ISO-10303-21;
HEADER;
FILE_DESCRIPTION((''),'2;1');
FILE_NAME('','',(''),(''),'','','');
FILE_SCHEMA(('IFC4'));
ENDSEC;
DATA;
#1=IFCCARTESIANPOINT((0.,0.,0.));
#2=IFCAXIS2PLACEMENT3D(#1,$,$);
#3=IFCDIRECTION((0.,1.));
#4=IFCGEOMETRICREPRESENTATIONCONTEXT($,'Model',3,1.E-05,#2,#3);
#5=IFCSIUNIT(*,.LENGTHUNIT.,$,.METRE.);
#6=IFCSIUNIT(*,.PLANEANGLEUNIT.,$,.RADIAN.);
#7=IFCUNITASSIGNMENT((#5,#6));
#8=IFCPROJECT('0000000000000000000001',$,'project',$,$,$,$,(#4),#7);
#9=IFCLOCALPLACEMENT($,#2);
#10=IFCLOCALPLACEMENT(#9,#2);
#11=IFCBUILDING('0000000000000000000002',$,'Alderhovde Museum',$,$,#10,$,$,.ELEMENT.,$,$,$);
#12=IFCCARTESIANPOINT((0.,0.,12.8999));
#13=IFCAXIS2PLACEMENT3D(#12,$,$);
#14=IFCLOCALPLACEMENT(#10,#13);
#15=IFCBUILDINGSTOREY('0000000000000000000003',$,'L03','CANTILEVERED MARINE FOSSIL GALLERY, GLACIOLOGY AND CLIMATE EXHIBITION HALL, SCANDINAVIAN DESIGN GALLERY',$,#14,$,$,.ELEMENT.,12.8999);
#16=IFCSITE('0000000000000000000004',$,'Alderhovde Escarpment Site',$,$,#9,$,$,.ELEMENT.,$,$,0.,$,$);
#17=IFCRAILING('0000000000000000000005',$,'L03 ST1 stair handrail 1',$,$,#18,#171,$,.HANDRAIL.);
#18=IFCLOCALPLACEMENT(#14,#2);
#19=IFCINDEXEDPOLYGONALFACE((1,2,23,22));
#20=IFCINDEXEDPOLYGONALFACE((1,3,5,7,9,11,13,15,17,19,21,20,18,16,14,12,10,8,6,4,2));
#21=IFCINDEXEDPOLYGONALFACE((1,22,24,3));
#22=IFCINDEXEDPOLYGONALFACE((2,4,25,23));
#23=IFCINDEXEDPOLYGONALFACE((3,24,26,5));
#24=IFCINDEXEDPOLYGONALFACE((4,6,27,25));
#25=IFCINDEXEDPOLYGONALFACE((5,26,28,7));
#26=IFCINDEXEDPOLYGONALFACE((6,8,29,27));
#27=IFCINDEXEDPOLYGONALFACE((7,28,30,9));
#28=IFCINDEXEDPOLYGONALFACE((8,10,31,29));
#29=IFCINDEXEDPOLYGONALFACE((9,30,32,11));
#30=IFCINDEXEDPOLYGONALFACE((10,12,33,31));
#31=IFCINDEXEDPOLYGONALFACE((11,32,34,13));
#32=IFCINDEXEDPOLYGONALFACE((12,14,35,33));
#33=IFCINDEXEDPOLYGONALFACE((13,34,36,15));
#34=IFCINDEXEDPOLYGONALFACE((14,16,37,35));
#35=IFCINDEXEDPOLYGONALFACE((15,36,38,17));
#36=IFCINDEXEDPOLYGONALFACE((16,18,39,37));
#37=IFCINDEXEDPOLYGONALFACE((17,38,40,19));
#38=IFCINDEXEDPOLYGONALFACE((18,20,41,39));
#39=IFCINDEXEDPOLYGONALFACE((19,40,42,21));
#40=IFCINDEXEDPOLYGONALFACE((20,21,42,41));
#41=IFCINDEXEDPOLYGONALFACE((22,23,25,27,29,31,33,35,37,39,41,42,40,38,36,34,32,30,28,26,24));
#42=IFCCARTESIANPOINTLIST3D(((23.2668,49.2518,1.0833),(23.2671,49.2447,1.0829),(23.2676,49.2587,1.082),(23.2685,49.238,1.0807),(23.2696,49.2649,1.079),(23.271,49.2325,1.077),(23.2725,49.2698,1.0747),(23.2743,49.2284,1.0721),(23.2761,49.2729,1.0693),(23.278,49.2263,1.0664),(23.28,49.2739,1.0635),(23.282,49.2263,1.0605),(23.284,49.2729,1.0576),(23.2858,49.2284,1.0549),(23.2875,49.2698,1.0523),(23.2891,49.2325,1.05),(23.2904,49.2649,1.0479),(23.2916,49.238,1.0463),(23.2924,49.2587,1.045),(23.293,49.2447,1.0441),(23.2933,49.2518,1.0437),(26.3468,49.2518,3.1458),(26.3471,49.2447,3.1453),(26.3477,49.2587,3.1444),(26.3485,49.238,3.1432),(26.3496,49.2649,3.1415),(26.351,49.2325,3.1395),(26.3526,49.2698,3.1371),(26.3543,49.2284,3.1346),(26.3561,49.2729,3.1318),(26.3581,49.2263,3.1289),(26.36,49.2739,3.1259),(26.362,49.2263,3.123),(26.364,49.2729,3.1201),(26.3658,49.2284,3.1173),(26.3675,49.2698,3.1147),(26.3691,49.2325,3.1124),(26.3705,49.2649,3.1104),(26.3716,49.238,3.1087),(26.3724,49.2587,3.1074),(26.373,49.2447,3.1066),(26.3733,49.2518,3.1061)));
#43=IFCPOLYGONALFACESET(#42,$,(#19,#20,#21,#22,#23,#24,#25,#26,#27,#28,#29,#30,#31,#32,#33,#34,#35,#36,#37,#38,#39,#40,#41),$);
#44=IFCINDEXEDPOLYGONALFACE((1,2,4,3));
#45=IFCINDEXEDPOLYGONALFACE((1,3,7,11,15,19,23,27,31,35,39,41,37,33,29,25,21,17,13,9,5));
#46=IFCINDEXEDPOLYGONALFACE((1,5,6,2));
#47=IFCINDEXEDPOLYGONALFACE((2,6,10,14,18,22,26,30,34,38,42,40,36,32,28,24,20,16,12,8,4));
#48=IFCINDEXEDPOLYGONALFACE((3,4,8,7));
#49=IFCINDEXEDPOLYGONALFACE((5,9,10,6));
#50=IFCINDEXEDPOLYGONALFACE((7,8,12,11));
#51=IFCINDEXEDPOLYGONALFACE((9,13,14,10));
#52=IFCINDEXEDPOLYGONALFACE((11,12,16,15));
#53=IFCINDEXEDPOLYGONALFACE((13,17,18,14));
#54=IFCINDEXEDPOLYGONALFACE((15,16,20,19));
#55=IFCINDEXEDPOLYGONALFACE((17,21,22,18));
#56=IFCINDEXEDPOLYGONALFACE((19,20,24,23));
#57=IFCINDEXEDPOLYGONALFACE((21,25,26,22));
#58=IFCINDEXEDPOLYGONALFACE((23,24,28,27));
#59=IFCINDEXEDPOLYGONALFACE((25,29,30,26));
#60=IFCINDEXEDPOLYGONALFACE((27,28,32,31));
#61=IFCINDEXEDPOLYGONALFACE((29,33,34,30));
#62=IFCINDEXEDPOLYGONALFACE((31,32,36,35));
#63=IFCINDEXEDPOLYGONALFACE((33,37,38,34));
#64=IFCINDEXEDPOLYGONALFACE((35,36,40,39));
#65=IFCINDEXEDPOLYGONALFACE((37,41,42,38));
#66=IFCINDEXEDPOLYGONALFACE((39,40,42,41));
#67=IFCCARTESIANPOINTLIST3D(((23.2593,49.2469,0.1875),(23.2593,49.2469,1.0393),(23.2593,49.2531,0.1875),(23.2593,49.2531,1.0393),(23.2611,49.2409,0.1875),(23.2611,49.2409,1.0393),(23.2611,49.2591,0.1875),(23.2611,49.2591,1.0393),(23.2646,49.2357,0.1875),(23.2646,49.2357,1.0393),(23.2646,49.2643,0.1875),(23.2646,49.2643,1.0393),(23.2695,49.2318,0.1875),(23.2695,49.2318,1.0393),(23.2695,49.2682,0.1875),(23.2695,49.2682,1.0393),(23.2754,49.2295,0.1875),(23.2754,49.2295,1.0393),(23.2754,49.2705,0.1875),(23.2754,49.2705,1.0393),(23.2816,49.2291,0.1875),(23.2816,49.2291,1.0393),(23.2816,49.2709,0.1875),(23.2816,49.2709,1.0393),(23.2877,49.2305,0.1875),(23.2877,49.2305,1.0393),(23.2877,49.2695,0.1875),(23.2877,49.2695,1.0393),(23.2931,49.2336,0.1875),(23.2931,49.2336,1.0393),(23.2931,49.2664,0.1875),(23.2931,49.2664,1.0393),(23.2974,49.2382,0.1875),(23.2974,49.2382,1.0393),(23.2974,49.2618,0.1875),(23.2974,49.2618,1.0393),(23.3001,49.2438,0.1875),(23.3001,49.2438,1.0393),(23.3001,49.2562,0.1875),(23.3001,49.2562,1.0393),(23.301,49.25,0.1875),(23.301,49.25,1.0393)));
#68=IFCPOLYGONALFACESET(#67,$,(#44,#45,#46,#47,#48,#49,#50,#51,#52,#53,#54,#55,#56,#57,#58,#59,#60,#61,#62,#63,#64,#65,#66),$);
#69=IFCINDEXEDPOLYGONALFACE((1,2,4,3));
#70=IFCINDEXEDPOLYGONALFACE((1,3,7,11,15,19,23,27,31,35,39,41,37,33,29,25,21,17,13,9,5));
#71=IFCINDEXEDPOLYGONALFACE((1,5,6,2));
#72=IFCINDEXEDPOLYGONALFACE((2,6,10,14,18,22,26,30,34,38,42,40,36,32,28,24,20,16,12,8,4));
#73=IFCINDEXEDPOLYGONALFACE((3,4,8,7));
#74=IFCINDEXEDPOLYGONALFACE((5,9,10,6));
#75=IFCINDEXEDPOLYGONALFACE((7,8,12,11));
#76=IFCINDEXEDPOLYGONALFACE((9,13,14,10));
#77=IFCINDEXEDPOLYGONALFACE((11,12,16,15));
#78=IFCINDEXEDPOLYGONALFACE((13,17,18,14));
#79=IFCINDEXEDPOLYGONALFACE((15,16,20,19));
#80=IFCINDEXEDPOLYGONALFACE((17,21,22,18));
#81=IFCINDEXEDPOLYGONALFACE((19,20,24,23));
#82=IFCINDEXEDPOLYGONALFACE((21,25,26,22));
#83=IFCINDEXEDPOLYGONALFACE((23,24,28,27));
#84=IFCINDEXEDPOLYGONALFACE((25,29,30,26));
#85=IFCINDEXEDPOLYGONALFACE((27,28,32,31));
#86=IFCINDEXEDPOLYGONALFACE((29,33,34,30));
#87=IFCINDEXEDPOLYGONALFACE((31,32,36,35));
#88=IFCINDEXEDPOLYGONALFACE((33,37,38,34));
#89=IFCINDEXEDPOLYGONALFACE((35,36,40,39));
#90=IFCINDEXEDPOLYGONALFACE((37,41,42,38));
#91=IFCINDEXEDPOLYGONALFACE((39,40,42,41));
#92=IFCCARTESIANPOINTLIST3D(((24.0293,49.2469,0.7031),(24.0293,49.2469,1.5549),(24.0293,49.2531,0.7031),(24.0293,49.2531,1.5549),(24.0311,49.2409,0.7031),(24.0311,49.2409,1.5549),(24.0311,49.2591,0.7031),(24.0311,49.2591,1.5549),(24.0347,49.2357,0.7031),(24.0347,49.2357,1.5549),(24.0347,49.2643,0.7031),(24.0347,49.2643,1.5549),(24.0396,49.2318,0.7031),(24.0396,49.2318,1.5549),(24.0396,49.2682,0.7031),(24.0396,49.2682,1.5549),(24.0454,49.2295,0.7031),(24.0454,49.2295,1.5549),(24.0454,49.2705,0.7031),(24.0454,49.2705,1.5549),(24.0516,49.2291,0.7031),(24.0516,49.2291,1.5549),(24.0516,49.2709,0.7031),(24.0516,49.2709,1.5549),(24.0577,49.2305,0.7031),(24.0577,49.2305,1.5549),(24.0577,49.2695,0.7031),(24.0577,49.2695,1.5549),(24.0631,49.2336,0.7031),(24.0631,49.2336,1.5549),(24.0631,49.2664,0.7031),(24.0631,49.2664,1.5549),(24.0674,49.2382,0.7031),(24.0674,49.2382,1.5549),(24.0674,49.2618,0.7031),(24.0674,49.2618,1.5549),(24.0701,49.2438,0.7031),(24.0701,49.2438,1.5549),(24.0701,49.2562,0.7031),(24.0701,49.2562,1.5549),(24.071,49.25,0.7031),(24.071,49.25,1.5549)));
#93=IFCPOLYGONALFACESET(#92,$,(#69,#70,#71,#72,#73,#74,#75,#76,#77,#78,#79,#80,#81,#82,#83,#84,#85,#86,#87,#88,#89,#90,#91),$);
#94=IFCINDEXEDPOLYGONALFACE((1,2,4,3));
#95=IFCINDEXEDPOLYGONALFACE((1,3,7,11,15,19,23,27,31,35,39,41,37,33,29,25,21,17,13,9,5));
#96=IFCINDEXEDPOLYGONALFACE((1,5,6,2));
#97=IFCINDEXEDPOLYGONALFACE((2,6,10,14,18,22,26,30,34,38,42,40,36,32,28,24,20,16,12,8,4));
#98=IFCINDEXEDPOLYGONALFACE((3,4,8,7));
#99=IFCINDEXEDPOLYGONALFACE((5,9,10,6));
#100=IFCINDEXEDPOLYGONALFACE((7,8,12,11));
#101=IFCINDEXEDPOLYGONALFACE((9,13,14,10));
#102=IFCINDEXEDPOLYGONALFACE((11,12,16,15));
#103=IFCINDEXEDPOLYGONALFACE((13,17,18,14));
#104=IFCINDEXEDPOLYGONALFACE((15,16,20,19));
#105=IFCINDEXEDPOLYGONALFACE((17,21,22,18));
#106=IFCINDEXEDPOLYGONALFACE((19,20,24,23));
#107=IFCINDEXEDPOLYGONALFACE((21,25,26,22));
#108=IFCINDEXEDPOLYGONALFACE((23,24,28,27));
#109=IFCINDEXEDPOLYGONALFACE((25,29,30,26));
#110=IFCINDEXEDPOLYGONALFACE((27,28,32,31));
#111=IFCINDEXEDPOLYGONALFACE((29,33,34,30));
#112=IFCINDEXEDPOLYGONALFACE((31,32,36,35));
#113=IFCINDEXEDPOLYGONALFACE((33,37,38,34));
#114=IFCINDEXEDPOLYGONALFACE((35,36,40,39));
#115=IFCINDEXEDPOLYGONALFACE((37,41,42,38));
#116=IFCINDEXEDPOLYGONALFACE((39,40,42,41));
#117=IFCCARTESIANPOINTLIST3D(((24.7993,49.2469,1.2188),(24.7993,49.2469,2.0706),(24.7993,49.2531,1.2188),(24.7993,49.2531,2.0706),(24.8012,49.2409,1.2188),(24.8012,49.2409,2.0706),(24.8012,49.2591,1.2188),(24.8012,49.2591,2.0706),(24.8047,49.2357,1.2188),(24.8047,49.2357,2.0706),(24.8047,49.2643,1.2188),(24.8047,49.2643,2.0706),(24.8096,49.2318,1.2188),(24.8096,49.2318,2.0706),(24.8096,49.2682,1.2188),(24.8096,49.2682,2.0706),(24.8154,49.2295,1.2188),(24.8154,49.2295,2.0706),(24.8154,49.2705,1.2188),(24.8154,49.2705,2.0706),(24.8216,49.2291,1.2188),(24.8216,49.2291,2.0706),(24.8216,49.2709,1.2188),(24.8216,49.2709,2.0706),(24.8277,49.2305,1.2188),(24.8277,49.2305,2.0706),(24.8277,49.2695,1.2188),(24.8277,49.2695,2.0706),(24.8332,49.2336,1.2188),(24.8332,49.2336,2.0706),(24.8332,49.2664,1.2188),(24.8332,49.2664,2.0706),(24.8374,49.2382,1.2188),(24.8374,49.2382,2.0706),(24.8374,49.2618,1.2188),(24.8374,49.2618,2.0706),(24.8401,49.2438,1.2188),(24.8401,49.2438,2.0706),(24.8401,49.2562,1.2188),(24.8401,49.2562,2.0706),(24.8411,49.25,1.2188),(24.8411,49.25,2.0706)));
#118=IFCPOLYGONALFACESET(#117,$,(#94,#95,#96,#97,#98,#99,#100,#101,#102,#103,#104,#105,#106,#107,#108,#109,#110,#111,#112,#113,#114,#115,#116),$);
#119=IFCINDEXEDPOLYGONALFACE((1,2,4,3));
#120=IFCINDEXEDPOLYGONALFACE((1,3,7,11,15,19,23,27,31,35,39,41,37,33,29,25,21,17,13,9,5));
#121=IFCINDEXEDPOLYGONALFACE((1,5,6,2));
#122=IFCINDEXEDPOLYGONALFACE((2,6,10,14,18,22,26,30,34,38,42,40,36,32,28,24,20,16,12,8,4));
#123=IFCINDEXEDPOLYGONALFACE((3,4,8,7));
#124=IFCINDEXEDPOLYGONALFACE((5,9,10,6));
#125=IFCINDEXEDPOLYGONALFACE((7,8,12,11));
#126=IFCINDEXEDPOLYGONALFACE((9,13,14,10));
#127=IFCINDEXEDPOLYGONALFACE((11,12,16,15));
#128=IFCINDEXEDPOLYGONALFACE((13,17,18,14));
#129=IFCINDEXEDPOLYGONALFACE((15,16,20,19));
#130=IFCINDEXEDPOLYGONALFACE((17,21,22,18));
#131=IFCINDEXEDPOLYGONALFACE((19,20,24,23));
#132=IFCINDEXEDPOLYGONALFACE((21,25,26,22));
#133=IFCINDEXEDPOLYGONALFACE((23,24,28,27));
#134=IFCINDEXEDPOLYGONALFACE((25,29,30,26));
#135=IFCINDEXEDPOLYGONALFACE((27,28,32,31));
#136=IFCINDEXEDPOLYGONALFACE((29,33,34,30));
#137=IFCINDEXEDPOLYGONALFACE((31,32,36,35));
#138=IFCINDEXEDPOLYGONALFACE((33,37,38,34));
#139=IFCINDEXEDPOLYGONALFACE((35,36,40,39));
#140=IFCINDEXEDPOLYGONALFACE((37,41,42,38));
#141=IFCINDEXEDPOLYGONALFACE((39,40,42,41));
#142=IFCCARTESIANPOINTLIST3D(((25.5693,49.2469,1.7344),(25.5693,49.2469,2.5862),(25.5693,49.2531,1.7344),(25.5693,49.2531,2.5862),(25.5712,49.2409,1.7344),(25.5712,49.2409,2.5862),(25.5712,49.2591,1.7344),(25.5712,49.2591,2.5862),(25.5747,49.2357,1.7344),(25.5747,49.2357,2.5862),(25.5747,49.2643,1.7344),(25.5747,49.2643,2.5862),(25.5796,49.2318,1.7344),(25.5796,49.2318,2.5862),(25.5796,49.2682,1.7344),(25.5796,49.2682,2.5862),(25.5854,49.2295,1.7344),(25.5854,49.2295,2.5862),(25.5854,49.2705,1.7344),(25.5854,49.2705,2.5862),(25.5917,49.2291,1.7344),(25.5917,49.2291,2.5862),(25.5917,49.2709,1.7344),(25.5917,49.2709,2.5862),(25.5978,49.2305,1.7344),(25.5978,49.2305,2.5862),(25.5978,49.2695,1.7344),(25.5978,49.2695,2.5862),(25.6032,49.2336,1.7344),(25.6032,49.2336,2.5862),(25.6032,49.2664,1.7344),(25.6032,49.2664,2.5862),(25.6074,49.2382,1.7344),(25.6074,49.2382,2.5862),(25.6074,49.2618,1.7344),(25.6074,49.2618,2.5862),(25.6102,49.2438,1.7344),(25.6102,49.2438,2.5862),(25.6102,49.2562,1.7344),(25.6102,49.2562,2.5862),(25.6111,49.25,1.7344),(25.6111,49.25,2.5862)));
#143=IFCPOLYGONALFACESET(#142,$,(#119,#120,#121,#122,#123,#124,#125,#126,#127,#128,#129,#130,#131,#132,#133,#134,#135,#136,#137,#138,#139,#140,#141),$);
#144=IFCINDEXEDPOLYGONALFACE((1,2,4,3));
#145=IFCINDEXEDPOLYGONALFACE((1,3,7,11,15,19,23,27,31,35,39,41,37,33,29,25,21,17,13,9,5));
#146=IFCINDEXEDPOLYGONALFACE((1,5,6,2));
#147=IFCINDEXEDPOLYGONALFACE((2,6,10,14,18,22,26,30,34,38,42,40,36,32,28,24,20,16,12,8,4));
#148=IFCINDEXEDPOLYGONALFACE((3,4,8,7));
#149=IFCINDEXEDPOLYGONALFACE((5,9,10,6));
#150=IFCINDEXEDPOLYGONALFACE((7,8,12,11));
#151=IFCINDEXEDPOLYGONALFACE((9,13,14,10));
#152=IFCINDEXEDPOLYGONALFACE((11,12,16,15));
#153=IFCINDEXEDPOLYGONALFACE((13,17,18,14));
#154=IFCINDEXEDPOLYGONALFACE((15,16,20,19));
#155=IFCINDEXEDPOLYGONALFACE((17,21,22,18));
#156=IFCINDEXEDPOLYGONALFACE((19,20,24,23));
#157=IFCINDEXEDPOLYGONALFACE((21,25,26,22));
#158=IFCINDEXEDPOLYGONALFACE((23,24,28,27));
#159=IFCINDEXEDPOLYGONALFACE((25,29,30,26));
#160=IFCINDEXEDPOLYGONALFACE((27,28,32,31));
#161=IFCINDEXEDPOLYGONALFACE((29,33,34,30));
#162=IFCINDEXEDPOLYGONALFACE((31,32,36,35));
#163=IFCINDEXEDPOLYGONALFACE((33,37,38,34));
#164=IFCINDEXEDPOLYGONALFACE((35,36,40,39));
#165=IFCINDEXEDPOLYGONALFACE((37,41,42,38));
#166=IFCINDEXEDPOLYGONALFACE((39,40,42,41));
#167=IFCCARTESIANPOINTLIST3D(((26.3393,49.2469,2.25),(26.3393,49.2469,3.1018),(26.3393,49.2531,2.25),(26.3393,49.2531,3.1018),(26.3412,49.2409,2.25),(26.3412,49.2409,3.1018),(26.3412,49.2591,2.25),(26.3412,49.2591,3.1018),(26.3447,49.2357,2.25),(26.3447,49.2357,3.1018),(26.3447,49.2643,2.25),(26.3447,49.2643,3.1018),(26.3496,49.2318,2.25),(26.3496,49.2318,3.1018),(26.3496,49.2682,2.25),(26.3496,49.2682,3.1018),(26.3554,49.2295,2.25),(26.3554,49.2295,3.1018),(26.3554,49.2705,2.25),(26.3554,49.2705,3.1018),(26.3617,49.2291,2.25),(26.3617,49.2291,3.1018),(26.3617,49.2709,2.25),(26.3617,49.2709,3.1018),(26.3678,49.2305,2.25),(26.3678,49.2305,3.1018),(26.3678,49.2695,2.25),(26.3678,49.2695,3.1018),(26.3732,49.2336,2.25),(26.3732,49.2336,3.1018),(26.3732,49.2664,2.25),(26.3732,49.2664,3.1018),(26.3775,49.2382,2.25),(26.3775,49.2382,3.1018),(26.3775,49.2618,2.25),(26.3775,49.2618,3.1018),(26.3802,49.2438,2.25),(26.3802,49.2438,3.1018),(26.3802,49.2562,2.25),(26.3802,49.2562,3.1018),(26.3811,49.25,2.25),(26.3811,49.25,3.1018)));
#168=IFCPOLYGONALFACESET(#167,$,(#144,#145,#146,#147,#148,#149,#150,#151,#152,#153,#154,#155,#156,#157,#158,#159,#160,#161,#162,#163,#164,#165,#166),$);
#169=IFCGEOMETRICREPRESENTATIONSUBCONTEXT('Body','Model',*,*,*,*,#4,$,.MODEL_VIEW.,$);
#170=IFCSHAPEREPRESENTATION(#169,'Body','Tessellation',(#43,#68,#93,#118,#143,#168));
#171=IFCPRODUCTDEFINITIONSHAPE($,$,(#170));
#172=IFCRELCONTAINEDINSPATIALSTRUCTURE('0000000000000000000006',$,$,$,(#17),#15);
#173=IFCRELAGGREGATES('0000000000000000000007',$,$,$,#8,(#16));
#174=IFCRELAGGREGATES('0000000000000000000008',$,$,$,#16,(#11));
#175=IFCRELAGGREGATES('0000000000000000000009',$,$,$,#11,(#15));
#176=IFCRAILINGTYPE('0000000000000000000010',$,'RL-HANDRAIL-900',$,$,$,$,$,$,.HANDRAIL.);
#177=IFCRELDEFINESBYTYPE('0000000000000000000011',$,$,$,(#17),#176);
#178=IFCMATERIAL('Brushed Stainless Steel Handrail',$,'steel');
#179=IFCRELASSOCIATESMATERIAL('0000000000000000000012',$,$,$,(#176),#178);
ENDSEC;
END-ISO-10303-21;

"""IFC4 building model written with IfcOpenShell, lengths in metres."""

from ifc_helpers import new_model, si_unit, direction, frame, origin, origin_2d, place, context, subcontext, project, spatial, circle, extrude, material, type_object, element, save


model = new_model("IFC4")

# Units and contexts
model_context = context("Model", 3, precision=1e-05, world=origin(), true_north=direction((0.0, 1.0)))
body_context = subcontext(model_context, "Body", "Model", "MODEL_VIEW")
ifc_project = project(units=[si_unit("LENGTHUNIT", "METRE"), si_unit("PLANEANGLEUNIT", "RADIAN")], contexts=[model_context])

# Site, building, storey
site_placement = place(None, origin())
site = spatial("IfcSite", under=ifc_project, at=site_placement, Name="Alderhovde Escarpment Site", CompositionType="ELEMENT", RefElevation=0.0)
building_placement = place(site_placement, origin())
building = spatial("IfcBuilding", under=site, at=building_placement, Name="Alderhovde Museum", CompositionType="ELEMENT")
storey_placement = place(building_placement, frame((0.0, 0.0, 12.8999)))
storey = spatial("IfcBuildingStorey", under=building, at=storey_placement, Name="L03", Description="CANTILEVERED MARINE FOSSIL GALLERY, GLACIOLOGY AND CLIMATE EXHIBITION HALL, SCANDINAVIAN DESIGN GALLERY", CompositionType="ELEMENT", Elevation=12.8999)

# Railing
ifc_material_1 = material(Name="Brushed Stainless Steel Handrail", Category="steel")
railing_type_1 = type_object("IfcRailingType", Name="RL-HANDRAIL-900", PredefinedType="HANDRAIL", material=ifc_material_1)
railing_1_placement = place(storey_placement, frame((23.28, 49.25, 0.1875)))
element("IfcRailing", 1, at=railing_1_placement, inside=storey, type_object=railing_type_1, Name="L03 ST1 stair handrail 1", PredefinedType="HANDRAIL", context=body_context, shape_type="SweptSolid", body=[
    extrude(circle(Radius=0.0239, at=origin_2d()), frame((0.0, 0.0, 0.876), z_axis=(0.830914, 0.0, 0.556401), x_axis=(0.0, 1.0, 0.0)), (0.0, 0.0, 1.0), 3.7068),
    extrude(circle(Radius=0.021, at=origin_2d()), origin(), (0.0, 0.0, 1.0), 0.8518),
    extrude(circle(Radius=0.021, at=origin_2d()), frame((0.77, 0.0, 0.5156)), (0.0, 0.0, 1.0), 0.8518),
    extrude(circle(Radius=0.021, at=origin_2d()), frame((1.54, 0.0, 1.0312)), (0.0, 0.0, 1.0), 0.8518),
    extrude(circle(Radius=0.021, at=origin_2d()), frame((2.3101, 0.0, 1.5469)), (0.0, 0.0, 1.0), 0.8518),
    extrude(circle(Radius=0.021, at=origin_2d()), frame((3.0801, 0.0, 2.0625)), (0.0, 0.0, 1.0), 0.8518),
])

save(model, "model.ifc")
